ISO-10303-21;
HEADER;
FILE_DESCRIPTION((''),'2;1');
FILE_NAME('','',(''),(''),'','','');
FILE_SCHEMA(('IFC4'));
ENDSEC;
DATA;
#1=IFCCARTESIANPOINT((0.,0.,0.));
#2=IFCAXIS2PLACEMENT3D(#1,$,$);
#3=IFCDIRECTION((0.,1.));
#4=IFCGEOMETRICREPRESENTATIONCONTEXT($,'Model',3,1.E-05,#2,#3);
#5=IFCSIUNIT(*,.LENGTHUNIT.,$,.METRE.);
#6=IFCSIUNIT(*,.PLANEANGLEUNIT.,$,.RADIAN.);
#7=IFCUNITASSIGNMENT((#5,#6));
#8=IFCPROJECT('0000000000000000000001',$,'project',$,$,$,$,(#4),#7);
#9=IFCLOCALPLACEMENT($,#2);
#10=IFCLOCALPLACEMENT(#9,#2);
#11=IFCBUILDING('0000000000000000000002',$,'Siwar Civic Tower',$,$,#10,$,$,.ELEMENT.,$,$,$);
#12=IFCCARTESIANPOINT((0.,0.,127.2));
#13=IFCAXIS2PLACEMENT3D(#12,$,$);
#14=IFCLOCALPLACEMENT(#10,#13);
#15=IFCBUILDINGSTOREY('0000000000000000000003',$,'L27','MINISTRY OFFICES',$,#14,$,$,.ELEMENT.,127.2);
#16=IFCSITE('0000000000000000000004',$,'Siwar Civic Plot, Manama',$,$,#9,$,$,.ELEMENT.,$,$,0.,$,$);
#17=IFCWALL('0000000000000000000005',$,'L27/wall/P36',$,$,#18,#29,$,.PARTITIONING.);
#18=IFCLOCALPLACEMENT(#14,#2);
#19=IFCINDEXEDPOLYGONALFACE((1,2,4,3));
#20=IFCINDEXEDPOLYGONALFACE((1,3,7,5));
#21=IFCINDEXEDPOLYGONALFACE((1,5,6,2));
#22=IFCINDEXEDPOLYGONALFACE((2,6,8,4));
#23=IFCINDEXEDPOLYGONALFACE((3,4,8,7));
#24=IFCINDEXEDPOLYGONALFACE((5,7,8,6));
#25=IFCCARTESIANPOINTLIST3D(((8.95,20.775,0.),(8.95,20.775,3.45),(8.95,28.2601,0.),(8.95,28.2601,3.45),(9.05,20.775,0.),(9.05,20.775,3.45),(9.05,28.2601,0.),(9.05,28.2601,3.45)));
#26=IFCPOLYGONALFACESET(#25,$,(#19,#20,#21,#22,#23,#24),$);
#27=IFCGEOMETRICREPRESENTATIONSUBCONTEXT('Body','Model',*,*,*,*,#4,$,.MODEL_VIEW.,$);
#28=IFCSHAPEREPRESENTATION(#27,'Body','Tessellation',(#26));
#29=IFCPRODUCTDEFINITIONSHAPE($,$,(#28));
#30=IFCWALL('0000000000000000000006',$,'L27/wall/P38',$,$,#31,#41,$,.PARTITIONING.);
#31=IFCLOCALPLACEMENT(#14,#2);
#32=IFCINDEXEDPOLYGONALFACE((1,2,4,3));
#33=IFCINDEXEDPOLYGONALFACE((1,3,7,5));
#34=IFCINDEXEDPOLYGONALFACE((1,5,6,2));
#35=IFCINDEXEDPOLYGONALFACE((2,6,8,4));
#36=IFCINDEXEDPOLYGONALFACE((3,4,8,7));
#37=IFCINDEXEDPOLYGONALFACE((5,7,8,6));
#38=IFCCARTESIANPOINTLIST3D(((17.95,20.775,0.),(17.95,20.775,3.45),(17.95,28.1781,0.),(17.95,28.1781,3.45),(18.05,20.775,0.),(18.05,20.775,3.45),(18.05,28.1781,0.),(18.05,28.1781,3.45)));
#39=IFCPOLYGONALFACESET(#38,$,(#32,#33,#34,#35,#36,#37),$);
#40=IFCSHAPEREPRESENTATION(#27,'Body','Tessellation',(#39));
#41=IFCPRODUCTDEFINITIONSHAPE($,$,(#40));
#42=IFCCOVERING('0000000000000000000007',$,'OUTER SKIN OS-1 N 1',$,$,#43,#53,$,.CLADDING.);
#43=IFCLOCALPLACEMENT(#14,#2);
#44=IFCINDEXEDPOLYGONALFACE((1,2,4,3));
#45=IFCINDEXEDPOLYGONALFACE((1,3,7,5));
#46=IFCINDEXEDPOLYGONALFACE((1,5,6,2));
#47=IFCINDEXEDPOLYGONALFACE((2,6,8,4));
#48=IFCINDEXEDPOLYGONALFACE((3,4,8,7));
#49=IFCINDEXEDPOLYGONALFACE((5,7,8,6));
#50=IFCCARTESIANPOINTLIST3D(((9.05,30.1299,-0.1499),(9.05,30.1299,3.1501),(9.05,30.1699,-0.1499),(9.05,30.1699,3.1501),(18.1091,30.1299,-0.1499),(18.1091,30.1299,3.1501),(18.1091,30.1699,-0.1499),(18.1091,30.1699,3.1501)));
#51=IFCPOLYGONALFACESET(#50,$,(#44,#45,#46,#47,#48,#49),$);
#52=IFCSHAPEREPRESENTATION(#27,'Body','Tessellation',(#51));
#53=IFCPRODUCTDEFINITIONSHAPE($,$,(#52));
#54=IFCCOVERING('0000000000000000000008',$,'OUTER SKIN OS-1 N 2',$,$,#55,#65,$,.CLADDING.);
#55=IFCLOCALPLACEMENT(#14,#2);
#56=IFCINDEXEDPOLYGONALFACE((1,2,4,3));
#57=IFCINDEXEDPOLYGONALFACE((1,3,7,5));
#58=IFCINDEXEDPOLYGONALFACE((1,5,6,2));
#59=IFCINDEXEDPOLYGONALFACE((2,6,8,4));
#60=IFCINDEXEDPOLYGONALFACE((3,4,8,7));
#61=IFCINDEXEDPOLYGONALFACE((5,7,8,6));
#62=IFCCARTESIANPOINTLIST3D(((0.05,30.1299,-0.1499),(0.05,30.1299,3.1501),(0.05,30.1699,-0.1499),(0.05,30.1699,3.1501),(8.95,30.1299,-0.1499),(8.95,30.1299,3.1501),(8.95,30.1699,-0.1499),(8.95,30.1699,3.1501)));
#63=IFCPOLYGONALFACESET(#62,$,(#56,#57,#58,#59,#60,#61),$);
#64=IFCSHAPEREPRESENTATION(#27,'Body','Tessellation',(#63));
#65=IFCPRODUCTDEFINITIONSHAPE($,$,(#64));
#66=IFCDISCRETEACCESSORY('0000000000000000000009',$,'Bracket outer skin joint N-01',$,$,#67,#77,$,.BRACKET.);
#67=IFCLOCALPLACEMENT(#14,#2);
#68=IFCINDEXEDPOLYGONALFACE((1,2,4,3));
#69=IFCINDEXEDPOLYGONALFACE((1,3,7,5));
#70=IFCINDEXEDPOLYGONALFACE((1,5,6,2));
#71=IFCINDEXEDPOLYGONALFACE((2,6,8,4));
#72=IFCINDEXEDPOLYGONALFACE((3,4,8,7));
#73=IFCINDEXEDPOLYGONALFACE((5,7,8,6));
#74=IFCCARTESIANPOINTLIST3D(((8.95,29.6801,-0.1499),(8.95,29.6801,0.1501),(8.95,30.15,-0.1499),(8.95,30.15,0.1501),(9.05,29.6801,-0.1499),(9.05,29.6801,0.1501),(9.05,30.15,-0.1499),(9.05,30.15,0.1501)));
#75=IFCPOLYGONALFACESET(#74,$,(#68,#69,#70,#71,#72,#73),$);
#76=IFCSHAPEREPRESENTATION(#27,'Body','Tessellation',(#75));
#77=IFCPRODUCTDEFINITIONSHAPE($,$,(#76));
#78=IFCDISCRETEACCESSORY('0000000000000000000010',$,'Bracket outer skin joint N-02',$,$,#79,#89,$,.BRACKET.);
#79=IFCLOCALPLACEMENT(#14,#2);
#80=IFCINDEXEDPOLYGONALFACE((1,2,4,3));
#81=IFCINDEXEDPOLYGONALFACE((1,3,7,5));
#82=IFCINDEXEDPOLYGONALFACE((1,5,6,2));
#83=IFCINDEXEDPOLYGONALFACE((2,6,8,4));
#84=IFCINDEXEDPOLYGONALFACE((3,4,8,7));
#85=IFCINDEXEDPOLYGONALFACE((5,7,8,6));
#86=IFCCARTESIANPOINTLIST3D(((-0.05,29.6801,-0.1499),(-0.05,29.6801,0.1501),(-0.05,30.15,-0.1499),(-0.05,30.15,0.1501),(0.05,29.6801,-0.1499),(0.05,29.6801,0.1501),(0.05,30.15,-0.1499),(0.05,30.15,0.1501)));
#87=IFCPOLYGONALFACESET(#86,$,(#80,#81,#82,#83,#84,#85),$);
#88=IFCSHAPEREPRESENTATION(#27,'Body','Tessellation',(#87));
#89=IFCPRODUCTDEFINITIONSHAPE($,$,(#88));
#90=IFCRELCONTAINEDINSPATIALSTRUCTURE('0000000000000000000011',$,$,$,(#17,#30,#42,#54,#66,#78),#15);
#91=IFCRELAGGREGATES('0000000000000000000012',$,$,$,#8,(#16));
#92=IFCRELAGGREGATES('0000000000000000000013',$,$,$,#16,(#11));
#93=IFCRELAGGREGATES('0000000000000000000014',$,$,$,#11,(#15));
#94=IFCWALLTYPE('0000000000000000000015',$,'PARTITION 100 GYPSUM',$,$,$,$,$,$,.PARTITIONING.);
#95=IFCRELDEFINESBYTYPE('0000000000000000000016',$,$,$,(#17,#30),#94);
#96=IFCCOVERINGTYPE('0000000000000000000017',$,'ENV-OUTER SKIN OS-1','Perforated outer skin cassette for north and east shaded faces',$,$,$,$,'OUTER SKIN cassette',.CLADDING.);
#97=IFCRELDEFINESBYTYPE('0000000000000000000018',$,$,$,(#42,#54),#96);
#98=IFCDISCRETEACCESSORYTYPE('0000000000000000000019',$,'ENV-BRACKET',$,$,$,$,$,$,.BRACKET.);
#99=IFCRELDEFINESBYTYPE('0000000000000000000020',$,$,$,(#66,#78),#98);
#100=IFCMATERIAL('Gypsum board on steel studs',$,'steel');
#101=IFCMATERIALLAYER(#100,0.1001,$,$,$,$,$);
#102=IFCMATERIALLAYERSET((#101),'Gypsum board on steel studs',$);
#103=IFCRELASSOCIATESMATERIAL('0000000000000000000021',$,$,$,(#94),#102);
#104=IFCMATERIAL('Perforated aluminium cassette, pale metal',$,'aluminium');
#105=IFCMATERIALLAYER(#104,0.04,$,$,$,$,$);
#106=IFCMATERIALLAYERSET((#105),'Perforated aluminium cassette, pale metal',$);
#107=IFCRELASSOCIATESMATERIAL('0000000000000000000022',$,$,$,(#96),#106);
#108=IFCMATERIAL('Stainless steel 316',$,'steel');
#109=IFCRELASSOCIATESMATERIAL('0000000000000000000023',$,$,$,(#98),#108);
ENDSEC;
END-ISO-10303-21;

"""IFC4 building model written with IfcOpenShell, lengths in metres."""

from ifc_helpers import new_model, si_unit, direction, frame, frame_2d, origin, origin_2d, place, context, subcontext, project, spatial, rectangle, extrude, material, layer, layer_set, type_object, element, save


model = new_model("IFC4")

# Units and contexts
model_context = context("Model", 3, precision=1e-05, world=origin(), true_north=direction((0.0, 1.0)))
body_context = subcontext(model_context, "Body", "Model", "MODEL_VIEW")
ifc_project = project(units=[si_unit("LENGTHUNIT", "METRE"), si_unit("PLANEANGLEUNIT", "RADIAN")], contexts=[model_context])

# Site, building, storey
site_placement = place(None, origin())
site = spatial("IfcSite", under=ifc_project, at=site_placement, Name="Siwar Civic Plot, Manama", CompositionType="ELEMENT", RefElevation=0.0)
building_placement = place(site_placement, origin())
building = spatial("IfcBuilding", under=site, at=building_placement, Name="Siwar Civic Tower", CompositionType="ELEMENT")
storey_placement = place(building_placement, frame((0.0, 0.0, 127.2)))
storey = spatial("IfcBuildingStorey", under=building, at=storey_placement, Name="L27", Description="MINISTRY OFFICES", CompositionType="ELEMENT", Elevation=127.2)

# Walls
ifc_material_1 = material(Name="Gypsum board on steel studs", Category="steel")
ifc_layer_1 = layer(ifc_material_1, 0.1001)
ifc_layer_set_1 = layer_set([ifc_layer_1], Name="Gypsum board on steel studs")
wall_type_1 = type_object("IfcWallType", Name="PARTITION 100 GYPSUM", PredefinedType="PARTITIONING", material=ifc_layer_set_1)
for number, where, z_axis, x_axis, name in (
    (1, (9.0, 20.7749, 0.0), (0.0, 0.0, 1.0), (0.0, 1.0, 0.0), "L27/wall/P36"),
):
    element("IfcWall", number, at=place(storey_placement, frame(where, z_axis=z_axis, x_axis=x_axis)), inside=storey, type_object=wall_type_1, Name=name, PredefinedType="PARTITIONING", context=body_context, shape_type="SweptSolid", body=[
        extrude(rectangle(XDim=7.4851, YDim=0.1001, at=frame_2d((3.7427, 0.0))), origin(), (0.0, 0.0, 1.0), 3.45),
    ])
wall_1_placement = place(storey_placement, frame((18.0, 20.7749, 0.0), z_axis=(0.0, 0.0, 1.0), x_axis=(0.0, 1.0, 0.0)))
element("IfcWall", 2, at=wall_1_placement, inside=storey, type_object=wall_type_1, Name="L27/wall/P38", PredefinedType="PARTITIONING", context=body_context, shape_type="SweptSolid", body=[
    extrude(rectangle(XDim=7.4031, YDim=0.1001, at=frame_2d((3.7017, 0.0))), origin(), (0.0, 0.0, 1.0), 3.45),
])

# Coverings
ifc_material_2 = material(Name="Perforated aluminium cassette, pale metal", Category="aluminium")
ifc_layer_2 = layer(ifc_material_2, 0.04)
ifc_layer_set_2 = layer_set([ifc_layer_2], Name="Perforated aluminium cassette, pale metal")
covering_type = type_object("IfcCoveringType", Name="ENV-OUTER SKIN OS-1", Description="Perforated outer skin cassette for north and east shaded faces", ElementType="OUTER SKIN cassette", PredefinedType="CLADDING", material=ifc_layer_set_2)
covering_1_placement = place(storey_placement, frame((13.5796, 30.1499, -0.1499), z_axis=(0.0, 0.0, 1.0), x_axis=(-1.0, 0.0, 0.0)))
element("IfcCovering", 3, at=covering_1_placement, inside=storey, type_object=covering_type, Name="OUTER SKIN OS-1 N 1", PredefinedType="CLADDING", context=body_context, shape_type="SweptSolid", body=[
    extrude(rectangle(XDim=9.0591, YDim=0.04, at=origin_2d()), origin(), (0.0, 0.0, 1.0), 3.3),
])
covering_2_placement = place(storey_placement, frame((4.5, 30.1499, -0.1499), z_axis=(0.0, 0.0, 1.0), x_axis=(-1.0, 0.0, 0.0)))
element("IfcCovering", 4, at=covering_2_placement, inside=storey, type_object=covering_type, Name="OUTER SKIN OS-1 N 2", PredefinedType="CLADDING", context=body_context, shape_type="SweptSolid", body=[
    extrude(rectangle(XDim=8.8999, YDim=0.04, at=origin_2d()), origin(), (0.0, 0.0, 1.0), 3.3),
])

# Discrete accessories
ifc_material_3 = material(Name="Stainless steel 316", Category="steel")
discrete_accessory_type = type_object("IfcDiscreteAccessoryType", Name="ENV-BRACKET", PredefinedType="BRACKET", material=ifc_material_3)
for number, where, z_axis, x_axis, name in (
    (5, (9.0, 29.915, -0.1499), (0.0, 0.0, 1.0), (0.0, 1.0, 0.0), "Bracket outer skin joint N-01"),
    (6, (0.0, 29.915, -0.1499), (0.0, 0.0, 1.0), (0.0, 1.0, 0.0), "Bracket outer skin joint N-02"),
):
    element("IfcDiscreteAccessory", number, at=place(storey_placement, frame(where, z_axis=z_axis, x_axis=x_axis)), inside=storey, type_object=discrete_accessory_type, Name=name, PredefinedType="BRACKET", context=body_context, shape_type="SweptSolid", body=[
        extrude(rectangle(XDim=0.47, YDim=0.1001, at=origin_2d()), origin(), (0.0, 0.0, 1.0), 0.3),
    ])

save(model, "model.ifc")
